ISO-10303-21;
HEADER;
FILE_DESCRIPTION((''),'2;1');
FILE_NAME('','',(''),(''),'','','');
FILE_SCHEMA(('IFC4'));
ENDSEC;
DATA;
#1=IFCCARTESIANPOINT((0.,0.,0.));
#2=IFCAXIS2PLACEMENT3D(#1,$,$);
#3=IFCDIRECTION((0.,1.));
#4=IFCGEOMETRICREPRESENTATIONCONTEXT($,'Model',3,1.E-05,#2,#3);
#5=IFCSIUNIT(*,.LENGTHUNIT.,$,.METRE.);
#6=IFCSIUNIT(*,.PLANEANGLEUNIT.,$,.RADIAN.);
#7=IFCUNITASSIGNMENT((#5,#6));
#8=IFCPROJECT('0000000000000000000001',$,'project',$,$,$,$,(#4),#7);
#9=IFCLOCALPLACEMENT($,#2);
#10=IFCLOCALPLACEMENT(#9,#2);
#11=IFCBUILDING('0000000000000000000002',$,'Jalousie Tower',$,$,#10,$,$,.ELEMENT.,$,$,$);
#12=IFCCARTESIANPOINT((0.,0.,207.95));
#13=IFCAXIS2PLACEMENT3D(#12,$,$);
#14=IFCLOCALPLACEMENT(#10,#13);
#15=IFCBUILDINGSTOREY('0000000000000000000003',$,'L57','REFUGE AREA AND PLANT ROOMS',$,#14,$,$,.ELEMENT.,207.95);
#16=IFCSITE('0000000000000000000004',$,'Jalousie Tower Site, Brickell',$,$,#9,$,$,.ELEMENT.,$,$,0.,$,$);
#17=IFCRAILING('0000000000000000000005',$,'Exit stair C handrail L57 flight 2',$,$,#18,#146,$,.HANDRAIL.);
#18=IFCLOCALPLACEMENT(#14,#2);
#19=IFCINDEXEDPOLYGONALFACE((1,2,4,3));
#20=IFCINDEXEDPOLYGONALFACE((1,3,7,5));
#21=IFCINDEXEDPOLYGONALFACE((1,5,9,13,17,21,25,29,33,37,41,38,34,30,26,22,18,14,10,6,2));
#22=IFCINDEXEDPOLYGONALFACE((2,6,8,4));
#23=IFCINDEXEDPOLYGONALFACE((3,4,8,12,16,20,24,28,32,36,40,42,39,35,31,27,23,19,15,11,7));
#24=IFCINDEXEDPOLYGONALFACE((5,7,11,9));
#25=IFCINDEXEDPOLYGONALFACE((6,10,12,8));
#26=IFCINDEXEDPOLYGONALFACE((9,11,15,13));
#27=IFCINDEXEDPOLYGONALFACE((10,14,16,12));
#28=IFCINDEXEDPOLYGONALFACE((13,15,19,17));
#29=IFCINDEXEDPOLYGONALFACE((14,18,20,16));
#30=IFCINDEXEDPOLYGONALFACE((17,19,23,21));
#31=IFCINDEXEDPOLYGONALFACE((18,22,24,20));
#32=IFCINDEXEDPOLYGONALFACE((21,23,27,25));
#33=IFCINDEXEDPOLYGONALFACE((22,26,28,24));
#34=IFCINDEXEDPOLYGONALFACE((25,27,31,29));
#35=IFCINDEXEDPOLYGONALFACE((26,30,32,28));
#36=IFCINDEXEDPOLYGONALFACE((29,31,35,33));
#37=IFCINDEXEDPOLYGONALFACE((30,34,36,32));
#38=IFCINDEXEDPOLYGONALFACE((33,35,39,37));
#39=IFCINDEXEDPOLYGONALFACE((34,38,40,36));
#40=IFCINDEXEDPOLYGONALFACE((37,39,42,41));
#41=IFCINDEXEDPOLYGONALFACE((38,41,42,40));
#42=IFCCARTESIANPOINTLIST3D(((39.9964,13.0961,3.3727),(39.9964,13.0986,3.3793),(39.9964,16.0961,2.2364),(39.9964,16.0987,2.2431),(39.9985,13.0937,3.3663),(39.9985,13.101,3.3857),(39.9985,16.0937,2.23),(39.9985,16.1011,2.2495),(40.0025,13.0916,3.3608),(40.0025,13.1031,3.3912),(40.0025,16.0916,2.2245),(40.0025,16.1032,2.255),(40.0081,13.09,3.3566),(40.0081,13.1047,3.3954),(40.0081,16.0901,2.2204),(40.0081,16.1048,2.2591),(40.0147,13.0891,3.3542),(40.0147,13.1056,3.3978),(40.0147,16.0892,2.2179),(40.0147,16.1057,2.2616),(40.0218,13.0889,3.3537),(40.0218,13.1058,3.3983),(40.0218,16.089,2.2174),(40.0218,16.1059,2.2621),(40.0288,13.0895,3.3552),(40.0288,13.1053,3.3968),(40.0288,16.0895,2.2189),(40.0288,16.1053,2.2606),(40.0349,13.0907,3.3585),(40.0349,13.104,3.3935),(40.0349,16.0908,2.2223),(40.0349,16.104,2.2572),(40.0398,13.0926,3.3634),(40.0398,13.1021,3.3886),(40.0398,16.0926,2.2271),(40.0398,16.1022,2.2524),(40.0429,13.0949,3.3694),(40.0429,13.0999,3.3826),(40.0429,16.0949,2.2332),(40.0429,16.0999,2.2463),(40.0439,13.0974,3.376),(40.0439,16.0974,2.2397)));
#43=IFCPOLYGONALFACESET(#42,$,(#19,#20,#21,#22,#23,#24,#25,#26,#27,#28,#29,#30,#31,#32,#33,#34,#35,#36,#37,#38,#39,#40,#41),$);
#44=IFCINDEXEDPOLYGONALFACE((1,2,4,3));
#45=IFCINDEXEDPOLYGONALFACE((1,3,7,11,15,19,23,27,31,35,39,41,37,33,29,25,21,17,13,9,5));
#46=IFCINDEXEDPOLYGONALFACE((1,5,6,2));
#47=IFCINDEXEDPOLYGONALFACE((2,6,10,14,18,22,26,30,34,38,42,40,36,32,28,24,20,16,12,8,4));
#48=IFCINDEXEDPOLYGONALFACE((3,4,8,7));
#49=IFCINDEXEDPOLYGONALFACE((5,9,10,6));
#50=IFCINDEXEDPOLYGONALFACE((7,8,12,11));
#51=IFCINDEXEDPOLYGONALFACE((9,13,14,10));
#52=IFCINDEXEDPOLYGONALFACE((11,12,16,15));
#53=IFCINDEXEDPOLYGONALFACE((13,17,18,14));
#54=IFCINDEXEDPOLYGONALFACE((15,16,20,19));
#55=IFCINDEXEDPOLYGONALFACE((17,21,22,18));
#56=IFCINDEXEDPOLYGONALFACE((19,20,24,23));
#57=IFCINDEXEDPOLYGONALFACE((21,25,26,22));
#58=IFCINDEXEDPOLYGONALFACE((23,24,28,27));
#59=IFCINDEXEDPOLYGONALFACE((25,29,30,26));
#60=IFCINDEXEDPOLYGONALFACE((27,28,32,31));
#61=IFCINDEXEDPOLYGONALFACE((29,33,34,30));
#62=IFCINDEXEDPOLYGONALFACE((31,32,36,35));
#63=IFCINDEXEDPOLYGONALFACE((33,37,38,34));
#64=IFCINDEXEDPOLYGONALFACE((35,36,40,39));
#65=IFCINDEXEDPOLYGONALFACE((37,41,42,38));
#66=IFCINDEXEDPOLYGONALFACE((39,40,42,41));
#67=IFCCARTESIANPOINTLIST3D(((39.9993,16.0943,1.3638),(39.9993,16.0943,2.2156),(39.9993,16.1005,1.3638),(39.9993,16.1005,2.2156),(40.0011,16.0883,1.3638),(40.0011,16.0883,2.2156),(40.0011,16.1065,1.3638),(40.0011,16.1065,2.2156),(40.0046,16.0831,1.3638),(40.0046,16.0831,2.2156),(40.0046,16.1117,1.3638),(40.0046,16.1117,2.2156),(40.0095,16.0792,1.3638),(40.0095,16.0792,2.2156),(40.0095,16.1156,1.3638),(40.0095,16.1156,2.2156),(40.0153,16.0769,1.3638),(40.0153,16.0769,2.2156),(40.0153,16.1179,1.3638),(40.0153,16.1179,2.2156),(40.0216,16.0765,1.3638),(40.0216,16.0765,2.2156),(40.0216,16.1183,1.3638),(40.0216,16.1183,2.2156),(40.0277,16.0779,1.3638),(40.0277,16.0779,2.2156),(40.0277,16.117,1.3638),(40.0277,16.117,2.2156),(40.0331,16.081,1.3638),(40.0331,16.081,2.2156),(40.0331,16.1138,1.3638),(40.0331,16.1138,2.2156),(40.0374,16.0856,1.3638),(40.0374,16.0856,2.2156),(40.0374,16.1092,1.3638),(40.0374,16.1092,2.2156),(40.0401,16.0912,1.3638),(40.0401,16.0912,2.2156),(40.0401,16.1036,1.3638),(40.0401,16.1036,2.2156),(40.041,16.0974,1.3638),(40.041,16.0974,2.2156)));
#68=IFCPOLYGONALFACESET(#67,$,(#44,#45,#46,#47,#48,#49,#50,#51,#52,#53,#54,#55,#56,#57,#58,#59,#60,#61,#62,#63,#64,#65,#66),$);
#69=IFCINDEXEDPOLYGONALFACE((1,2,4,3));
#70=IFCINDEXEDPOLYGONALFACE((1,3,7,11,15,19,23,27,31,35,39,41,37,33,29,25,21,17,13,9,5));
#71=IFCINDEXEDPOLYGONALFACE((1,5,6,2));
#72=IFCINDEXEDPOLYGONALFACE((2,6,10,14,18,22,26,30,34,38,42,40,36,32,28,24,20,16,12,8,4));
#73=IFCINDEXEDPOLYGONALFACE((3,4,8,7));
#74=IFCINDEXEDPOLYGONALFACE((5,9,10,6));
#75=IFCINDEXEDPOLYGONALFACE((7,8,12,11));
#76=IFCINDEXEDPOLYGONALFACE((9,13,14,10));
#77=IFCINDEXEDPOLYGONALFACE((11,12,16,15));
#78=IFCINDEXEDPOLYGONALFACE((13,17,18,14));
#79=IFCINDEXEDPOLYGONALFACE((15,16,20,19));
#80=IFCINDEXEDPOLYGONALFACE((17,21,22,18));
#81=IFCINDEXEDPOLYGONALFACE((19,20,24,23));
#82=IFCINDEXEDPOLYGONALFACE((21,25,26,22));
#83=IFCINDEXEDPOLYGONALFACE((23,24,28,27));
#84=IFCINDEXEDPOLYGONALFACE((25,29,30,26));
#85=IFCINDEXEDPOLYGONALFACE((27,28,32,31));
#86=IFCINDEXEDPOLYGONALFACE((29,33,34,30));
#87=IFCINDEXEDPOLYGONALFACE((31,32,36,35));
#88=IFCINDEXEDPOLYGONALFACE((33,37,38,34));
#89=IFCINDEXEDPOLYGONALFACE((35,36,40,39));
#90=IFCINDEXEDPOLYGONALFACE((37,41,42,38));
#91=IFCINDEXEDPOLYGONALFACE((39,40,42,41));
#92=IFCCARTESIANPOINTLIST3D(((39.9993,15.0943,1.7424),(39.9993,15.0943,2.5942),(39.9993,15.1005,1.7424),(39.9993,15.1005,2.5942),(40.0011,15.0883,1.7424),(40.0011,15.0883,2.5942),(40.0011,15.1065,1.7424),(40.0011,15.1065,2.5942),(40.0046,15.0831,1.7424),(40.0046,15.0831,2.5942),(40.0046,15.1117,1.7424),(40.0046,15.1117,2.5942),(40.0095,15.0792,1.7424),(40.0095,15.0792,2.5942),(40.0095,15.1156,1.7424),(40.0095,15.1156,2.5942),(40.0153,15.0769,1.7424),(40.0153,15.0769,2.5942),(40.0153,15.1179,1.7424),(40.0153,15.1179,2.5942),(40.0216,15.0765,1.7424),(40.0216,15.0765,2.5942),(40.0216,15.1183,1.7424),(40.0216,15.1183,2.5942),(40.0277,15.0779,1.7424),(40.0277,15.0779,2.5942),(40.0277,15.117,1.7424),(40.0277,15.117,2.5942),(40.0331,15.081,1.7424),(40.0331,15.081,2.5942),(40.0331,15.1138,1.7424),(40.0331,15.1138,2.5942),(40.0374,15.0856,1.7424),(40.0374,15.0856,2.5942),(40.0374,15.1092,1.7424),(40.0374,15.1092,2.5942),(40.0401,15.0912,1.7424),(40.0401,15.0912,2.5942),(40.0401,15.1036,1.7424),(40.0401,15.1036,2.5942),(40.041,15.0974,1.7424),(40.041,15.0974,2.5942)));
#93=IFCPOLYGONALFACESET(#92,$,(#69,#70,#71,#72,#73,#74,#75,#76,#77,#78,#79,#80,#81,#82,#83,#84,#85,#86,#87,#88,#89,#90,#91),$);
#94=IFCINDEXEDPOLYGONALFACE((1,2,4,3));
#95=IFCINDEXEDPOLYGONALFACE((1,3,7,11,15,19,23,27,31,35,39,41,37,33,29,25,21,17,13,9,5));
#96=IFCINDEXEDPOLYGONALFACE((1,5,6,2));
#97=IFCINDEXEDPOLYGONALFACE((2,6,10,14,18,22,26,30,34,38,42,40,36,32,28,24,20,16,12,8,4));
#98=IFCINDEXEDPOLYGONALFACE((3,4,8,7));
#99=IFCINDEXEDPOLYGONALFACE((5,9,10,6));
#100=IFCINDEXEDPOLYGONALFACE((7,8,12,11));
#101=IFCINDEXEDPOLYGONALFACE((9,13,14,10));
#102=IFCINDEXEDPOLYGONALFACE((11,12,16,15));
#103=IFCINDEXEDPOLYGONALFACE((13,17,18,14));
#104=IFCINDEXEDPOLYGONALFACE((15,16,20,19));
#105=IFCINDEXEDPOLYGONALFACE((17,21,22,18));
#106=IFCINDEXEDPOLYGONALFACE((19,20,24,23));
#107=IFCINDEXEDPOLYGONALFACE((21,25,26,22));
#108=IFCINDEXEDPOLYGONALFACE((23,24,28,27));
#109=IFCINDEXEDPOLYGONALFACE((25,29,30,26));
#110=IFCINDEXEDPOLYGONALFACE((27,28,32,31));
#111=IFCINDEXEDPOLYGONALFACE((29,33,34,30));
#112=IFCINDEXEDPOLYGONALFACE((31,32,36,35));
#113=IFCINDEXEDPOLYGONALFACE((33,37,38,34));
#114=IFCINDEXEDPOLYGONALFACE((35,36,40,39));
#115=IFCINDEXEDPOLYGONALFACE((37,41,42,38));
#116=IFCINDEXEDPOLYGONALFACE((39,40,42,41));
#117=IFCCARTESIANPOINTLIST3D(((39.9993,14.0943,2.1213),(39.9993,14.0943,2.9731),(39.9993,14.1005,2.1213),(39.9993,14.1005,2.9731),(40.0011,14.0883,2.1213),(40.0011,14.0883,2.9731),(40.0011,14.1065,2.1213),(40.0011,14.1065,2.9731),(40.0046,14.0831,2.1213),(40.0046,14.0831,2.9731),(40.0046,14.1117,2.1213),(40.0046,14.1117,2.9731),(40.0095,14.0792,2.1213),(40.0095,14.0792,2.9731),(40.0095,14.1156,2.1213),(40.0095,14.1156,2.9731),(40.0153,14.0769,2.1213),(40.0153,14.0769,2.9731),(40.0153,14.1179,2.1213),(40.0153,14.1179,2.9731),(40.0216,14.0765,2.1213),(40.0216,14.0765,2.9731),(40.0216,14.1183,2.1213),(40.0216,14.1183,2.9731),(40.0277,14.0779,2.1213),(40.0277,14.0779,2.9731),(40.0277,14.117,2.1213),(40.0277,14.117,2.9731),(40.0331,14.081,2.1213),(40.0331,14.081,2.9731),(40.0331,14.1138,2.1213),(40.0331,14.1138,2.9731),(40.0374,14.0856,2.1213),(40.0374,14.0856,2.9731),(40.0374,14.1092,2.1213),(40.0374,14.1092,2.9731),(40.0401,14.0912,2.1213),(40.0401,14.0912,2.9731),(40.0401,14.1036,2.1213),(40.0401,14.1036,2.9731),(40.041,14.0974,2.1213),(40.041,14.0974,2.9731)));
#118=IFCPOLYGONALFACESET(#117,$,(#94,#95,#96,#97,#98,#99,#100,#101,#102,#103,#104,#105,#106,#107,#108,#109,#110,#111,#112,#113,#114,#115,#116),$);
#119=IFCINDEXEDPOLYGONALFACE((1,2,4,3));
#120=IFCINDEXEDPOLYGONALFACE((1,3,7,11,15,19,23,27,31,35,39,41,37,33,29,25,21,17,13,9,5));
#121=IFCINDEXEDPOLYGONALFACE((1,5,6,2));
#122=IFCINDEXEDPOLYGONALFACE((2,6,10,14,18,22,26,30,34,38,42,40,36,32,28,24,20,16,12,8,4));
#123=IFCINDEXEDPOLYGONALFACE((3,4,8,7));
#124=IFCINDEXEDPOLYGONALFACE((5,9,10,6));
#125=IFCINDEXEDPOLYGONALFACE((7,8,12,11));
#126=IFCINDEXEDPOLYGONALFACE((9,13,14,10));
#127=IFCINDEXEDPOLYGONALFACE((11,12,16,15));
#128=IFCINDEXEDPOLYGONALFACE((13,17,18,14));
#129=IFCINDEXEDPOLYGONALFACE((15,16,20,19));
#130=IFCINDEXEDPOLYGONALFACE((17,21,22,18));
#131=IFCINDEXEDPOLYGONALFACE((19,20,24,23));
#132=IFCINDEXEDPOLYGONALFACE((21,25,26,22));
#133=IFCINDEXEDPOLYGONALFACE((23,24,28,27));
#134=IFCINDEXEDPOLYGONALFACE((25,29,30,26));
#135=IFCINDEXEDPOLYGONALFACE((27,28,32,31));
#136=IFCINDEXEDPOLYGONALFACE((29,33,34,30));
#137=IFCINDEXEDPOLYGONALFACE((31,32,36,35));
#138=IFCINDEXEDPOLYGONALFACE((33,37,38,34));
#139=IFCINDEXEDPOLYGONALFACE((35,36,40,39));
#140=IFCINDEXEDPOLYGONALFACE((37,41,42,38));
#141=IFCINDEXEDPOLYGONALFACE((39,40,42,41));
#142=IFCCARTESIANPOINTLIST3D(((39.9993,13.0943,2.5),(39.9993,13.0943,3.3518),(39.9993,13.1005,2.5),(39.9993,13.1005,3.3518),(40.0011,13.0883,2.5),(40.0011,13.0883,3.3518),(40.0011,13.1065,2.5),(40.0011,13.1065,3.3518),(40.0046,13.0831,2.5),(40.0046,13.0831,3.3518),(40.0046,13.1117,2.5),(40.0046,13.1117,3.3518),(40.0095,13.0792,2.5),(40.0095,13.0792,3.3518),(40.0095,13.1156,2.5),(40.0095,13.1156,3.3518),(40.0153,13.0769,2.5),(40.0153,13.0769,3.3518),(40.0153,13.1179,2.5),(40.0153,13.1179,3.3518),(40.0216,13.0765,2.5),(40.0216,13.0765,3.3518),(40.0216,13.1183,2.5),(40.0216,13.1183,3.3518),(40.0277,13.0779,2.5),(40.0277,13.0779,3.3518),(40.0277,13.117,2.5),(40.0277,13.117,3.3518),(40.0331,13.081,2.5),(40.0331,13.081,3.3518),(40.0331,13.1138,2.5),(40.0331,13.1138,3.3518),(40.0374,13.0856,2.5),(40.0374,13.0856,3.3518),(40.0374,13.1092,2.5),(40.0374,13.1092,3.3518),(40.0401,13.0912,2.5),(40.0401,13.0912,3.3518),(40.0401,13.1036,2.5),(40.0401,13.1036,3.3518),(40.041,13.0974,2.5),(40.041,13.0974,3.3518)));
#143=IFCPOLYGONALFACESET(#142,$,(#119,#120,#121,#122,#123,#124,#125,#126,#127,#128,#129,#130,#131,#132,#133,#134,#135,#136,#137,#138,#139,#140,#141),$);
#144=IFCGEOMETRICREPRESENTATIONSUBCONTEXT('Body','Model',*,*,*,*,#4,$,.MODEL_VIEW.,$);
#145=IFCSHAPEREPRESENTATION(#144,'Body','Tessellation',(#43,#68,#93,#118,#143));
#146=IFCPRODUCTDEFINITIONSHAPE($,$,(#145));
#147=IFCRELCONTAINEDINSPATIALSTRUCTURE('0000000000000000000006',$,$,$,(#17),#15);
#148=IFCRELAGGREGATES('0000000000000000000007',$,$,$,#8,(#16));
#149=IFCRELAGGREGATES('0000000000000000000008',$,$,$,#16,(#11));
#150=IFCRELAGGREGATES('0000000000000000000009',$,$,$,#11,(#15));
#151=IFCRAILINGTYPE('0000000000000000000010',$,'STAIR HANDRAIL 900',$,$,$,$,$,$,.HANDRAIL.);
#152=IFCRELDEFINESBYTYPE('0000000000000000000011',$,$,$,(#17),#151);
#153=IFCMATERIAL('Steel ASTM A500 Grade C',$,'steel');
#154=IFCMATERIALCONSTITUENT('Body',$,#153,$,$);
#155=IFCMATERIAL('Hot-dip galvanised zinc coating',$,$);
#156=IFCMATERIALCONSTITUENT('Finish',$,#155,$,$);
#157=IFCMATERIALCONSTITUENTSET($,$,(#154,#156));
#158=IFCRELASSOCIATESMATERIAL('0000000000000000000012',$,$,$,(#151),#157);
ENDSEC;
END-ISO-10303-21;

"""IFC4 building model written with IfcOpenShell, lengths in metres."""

from ifc_helpers import new_model, si_unit, direction, frame, origin, origin_2d, place, context, subcontext, project, spatial, circle, extrude, material, constituent, constituent_set, type_object, element, save


model = new_model("IFC4")

# Units and contexts
model_context = context("Model", 3, precision=1e-05, world=origin(), true_north=direction((0.0, 1.0)))
body_context = subcontext(model_context, "Body", "Model", "MODEL_VIEW")
ifc_project = project(units=[si_unit("LENGTHUNIT", "METRE"), si_unit("PLANEANGLEUNIT", "RADIAN")], contexts=[model_context])

# Site, building, storey
site_placement = place(None, origin())
site = spatial("IfcSite", under=ifc_project, at=site_placement, Name="Jalousie Tower Site, Brickell", CompositionType="ELEMENT", RefElevation=0.0)
building_placement = place(site_placement, origin())
building = spatial("IfcBuilding", under=site, at=building_placement, Name="Jalousie Tower", CompositionType="ELEMENT")
storey_placement = place(building_placement, frame((0.0, 0.0, 207.95)))
storey = spatial("IfcBuildingStorey", under=building, at=storey_placement, Name="L57", Description="REFUGE AREA AND PLANT ROOMS", CompositionType="ELEMENT", Elevation=207.95)

# Railing
ifc_material_1 = material(Name="Steel ASTM A500 Grade C", Category="steel")
ifc_constituent_1 = constituent(ifc_material_1, Name="Body")
ifc_material_2 = material(Name="Hot-dip galvanised zinc coating")
ifc_constituent_2 = constituent(ifc_material_2, Name="Finish")
ifc_constituent_set_1 = constituent_set(constituents=[ifc_constituent_1, ifc_constituent_2])
railing_type_1 = type_object("IfcRailingType", Name="STAIR HANDRAIL 900", PredefinedType="HANDRAIL", material=ifc_constituent_set_1)
railing_1_placement = place(storey_placement, frame((40.02, 16.0974, 1.3638)))
element("IfcRailing", 1, at=railing_1_placement, inside=storey, type_object=railing_type_1, Name="Exit stair C handrail L57 flight 2", PredefinedType="HANDRAIL", context=body_context, shape_type="SweptSolid", body=[
    extrude(circle(Radius=0.0239, at=origin_2d()), frame((0.0, 0.0, 0.876), z_axis=(0.0, -0.935173, 0.354191), x_axis=(1.0, 0.0, 0.0)), (0.0, 0.0, 1.0), 3.208),
    extrude(circle(Radius=0.021, at=origin_2d()), origin(), (0.0, 0.0, 1.0), 0.8518),
    extrude(circle(Radius=0.021, at=origin_2d()), frame((0.0, -1.0, 0.3787)), (0.0, 0.0, 1.0), 0.8518),
    extrude(circle(Radius=0.021, at=origin_2d()), frame((0.0, -2.0, 0.7576)), (0.0, 0.0, 1.0), 0.8518),
    extrude(circle(Radius=0.021, at=origin_2d()), frame((0.0, -3.0, 1.1362)), (0.0, 0.0, 1.0), 0.8518),
])

save(model, "model.ifc")
